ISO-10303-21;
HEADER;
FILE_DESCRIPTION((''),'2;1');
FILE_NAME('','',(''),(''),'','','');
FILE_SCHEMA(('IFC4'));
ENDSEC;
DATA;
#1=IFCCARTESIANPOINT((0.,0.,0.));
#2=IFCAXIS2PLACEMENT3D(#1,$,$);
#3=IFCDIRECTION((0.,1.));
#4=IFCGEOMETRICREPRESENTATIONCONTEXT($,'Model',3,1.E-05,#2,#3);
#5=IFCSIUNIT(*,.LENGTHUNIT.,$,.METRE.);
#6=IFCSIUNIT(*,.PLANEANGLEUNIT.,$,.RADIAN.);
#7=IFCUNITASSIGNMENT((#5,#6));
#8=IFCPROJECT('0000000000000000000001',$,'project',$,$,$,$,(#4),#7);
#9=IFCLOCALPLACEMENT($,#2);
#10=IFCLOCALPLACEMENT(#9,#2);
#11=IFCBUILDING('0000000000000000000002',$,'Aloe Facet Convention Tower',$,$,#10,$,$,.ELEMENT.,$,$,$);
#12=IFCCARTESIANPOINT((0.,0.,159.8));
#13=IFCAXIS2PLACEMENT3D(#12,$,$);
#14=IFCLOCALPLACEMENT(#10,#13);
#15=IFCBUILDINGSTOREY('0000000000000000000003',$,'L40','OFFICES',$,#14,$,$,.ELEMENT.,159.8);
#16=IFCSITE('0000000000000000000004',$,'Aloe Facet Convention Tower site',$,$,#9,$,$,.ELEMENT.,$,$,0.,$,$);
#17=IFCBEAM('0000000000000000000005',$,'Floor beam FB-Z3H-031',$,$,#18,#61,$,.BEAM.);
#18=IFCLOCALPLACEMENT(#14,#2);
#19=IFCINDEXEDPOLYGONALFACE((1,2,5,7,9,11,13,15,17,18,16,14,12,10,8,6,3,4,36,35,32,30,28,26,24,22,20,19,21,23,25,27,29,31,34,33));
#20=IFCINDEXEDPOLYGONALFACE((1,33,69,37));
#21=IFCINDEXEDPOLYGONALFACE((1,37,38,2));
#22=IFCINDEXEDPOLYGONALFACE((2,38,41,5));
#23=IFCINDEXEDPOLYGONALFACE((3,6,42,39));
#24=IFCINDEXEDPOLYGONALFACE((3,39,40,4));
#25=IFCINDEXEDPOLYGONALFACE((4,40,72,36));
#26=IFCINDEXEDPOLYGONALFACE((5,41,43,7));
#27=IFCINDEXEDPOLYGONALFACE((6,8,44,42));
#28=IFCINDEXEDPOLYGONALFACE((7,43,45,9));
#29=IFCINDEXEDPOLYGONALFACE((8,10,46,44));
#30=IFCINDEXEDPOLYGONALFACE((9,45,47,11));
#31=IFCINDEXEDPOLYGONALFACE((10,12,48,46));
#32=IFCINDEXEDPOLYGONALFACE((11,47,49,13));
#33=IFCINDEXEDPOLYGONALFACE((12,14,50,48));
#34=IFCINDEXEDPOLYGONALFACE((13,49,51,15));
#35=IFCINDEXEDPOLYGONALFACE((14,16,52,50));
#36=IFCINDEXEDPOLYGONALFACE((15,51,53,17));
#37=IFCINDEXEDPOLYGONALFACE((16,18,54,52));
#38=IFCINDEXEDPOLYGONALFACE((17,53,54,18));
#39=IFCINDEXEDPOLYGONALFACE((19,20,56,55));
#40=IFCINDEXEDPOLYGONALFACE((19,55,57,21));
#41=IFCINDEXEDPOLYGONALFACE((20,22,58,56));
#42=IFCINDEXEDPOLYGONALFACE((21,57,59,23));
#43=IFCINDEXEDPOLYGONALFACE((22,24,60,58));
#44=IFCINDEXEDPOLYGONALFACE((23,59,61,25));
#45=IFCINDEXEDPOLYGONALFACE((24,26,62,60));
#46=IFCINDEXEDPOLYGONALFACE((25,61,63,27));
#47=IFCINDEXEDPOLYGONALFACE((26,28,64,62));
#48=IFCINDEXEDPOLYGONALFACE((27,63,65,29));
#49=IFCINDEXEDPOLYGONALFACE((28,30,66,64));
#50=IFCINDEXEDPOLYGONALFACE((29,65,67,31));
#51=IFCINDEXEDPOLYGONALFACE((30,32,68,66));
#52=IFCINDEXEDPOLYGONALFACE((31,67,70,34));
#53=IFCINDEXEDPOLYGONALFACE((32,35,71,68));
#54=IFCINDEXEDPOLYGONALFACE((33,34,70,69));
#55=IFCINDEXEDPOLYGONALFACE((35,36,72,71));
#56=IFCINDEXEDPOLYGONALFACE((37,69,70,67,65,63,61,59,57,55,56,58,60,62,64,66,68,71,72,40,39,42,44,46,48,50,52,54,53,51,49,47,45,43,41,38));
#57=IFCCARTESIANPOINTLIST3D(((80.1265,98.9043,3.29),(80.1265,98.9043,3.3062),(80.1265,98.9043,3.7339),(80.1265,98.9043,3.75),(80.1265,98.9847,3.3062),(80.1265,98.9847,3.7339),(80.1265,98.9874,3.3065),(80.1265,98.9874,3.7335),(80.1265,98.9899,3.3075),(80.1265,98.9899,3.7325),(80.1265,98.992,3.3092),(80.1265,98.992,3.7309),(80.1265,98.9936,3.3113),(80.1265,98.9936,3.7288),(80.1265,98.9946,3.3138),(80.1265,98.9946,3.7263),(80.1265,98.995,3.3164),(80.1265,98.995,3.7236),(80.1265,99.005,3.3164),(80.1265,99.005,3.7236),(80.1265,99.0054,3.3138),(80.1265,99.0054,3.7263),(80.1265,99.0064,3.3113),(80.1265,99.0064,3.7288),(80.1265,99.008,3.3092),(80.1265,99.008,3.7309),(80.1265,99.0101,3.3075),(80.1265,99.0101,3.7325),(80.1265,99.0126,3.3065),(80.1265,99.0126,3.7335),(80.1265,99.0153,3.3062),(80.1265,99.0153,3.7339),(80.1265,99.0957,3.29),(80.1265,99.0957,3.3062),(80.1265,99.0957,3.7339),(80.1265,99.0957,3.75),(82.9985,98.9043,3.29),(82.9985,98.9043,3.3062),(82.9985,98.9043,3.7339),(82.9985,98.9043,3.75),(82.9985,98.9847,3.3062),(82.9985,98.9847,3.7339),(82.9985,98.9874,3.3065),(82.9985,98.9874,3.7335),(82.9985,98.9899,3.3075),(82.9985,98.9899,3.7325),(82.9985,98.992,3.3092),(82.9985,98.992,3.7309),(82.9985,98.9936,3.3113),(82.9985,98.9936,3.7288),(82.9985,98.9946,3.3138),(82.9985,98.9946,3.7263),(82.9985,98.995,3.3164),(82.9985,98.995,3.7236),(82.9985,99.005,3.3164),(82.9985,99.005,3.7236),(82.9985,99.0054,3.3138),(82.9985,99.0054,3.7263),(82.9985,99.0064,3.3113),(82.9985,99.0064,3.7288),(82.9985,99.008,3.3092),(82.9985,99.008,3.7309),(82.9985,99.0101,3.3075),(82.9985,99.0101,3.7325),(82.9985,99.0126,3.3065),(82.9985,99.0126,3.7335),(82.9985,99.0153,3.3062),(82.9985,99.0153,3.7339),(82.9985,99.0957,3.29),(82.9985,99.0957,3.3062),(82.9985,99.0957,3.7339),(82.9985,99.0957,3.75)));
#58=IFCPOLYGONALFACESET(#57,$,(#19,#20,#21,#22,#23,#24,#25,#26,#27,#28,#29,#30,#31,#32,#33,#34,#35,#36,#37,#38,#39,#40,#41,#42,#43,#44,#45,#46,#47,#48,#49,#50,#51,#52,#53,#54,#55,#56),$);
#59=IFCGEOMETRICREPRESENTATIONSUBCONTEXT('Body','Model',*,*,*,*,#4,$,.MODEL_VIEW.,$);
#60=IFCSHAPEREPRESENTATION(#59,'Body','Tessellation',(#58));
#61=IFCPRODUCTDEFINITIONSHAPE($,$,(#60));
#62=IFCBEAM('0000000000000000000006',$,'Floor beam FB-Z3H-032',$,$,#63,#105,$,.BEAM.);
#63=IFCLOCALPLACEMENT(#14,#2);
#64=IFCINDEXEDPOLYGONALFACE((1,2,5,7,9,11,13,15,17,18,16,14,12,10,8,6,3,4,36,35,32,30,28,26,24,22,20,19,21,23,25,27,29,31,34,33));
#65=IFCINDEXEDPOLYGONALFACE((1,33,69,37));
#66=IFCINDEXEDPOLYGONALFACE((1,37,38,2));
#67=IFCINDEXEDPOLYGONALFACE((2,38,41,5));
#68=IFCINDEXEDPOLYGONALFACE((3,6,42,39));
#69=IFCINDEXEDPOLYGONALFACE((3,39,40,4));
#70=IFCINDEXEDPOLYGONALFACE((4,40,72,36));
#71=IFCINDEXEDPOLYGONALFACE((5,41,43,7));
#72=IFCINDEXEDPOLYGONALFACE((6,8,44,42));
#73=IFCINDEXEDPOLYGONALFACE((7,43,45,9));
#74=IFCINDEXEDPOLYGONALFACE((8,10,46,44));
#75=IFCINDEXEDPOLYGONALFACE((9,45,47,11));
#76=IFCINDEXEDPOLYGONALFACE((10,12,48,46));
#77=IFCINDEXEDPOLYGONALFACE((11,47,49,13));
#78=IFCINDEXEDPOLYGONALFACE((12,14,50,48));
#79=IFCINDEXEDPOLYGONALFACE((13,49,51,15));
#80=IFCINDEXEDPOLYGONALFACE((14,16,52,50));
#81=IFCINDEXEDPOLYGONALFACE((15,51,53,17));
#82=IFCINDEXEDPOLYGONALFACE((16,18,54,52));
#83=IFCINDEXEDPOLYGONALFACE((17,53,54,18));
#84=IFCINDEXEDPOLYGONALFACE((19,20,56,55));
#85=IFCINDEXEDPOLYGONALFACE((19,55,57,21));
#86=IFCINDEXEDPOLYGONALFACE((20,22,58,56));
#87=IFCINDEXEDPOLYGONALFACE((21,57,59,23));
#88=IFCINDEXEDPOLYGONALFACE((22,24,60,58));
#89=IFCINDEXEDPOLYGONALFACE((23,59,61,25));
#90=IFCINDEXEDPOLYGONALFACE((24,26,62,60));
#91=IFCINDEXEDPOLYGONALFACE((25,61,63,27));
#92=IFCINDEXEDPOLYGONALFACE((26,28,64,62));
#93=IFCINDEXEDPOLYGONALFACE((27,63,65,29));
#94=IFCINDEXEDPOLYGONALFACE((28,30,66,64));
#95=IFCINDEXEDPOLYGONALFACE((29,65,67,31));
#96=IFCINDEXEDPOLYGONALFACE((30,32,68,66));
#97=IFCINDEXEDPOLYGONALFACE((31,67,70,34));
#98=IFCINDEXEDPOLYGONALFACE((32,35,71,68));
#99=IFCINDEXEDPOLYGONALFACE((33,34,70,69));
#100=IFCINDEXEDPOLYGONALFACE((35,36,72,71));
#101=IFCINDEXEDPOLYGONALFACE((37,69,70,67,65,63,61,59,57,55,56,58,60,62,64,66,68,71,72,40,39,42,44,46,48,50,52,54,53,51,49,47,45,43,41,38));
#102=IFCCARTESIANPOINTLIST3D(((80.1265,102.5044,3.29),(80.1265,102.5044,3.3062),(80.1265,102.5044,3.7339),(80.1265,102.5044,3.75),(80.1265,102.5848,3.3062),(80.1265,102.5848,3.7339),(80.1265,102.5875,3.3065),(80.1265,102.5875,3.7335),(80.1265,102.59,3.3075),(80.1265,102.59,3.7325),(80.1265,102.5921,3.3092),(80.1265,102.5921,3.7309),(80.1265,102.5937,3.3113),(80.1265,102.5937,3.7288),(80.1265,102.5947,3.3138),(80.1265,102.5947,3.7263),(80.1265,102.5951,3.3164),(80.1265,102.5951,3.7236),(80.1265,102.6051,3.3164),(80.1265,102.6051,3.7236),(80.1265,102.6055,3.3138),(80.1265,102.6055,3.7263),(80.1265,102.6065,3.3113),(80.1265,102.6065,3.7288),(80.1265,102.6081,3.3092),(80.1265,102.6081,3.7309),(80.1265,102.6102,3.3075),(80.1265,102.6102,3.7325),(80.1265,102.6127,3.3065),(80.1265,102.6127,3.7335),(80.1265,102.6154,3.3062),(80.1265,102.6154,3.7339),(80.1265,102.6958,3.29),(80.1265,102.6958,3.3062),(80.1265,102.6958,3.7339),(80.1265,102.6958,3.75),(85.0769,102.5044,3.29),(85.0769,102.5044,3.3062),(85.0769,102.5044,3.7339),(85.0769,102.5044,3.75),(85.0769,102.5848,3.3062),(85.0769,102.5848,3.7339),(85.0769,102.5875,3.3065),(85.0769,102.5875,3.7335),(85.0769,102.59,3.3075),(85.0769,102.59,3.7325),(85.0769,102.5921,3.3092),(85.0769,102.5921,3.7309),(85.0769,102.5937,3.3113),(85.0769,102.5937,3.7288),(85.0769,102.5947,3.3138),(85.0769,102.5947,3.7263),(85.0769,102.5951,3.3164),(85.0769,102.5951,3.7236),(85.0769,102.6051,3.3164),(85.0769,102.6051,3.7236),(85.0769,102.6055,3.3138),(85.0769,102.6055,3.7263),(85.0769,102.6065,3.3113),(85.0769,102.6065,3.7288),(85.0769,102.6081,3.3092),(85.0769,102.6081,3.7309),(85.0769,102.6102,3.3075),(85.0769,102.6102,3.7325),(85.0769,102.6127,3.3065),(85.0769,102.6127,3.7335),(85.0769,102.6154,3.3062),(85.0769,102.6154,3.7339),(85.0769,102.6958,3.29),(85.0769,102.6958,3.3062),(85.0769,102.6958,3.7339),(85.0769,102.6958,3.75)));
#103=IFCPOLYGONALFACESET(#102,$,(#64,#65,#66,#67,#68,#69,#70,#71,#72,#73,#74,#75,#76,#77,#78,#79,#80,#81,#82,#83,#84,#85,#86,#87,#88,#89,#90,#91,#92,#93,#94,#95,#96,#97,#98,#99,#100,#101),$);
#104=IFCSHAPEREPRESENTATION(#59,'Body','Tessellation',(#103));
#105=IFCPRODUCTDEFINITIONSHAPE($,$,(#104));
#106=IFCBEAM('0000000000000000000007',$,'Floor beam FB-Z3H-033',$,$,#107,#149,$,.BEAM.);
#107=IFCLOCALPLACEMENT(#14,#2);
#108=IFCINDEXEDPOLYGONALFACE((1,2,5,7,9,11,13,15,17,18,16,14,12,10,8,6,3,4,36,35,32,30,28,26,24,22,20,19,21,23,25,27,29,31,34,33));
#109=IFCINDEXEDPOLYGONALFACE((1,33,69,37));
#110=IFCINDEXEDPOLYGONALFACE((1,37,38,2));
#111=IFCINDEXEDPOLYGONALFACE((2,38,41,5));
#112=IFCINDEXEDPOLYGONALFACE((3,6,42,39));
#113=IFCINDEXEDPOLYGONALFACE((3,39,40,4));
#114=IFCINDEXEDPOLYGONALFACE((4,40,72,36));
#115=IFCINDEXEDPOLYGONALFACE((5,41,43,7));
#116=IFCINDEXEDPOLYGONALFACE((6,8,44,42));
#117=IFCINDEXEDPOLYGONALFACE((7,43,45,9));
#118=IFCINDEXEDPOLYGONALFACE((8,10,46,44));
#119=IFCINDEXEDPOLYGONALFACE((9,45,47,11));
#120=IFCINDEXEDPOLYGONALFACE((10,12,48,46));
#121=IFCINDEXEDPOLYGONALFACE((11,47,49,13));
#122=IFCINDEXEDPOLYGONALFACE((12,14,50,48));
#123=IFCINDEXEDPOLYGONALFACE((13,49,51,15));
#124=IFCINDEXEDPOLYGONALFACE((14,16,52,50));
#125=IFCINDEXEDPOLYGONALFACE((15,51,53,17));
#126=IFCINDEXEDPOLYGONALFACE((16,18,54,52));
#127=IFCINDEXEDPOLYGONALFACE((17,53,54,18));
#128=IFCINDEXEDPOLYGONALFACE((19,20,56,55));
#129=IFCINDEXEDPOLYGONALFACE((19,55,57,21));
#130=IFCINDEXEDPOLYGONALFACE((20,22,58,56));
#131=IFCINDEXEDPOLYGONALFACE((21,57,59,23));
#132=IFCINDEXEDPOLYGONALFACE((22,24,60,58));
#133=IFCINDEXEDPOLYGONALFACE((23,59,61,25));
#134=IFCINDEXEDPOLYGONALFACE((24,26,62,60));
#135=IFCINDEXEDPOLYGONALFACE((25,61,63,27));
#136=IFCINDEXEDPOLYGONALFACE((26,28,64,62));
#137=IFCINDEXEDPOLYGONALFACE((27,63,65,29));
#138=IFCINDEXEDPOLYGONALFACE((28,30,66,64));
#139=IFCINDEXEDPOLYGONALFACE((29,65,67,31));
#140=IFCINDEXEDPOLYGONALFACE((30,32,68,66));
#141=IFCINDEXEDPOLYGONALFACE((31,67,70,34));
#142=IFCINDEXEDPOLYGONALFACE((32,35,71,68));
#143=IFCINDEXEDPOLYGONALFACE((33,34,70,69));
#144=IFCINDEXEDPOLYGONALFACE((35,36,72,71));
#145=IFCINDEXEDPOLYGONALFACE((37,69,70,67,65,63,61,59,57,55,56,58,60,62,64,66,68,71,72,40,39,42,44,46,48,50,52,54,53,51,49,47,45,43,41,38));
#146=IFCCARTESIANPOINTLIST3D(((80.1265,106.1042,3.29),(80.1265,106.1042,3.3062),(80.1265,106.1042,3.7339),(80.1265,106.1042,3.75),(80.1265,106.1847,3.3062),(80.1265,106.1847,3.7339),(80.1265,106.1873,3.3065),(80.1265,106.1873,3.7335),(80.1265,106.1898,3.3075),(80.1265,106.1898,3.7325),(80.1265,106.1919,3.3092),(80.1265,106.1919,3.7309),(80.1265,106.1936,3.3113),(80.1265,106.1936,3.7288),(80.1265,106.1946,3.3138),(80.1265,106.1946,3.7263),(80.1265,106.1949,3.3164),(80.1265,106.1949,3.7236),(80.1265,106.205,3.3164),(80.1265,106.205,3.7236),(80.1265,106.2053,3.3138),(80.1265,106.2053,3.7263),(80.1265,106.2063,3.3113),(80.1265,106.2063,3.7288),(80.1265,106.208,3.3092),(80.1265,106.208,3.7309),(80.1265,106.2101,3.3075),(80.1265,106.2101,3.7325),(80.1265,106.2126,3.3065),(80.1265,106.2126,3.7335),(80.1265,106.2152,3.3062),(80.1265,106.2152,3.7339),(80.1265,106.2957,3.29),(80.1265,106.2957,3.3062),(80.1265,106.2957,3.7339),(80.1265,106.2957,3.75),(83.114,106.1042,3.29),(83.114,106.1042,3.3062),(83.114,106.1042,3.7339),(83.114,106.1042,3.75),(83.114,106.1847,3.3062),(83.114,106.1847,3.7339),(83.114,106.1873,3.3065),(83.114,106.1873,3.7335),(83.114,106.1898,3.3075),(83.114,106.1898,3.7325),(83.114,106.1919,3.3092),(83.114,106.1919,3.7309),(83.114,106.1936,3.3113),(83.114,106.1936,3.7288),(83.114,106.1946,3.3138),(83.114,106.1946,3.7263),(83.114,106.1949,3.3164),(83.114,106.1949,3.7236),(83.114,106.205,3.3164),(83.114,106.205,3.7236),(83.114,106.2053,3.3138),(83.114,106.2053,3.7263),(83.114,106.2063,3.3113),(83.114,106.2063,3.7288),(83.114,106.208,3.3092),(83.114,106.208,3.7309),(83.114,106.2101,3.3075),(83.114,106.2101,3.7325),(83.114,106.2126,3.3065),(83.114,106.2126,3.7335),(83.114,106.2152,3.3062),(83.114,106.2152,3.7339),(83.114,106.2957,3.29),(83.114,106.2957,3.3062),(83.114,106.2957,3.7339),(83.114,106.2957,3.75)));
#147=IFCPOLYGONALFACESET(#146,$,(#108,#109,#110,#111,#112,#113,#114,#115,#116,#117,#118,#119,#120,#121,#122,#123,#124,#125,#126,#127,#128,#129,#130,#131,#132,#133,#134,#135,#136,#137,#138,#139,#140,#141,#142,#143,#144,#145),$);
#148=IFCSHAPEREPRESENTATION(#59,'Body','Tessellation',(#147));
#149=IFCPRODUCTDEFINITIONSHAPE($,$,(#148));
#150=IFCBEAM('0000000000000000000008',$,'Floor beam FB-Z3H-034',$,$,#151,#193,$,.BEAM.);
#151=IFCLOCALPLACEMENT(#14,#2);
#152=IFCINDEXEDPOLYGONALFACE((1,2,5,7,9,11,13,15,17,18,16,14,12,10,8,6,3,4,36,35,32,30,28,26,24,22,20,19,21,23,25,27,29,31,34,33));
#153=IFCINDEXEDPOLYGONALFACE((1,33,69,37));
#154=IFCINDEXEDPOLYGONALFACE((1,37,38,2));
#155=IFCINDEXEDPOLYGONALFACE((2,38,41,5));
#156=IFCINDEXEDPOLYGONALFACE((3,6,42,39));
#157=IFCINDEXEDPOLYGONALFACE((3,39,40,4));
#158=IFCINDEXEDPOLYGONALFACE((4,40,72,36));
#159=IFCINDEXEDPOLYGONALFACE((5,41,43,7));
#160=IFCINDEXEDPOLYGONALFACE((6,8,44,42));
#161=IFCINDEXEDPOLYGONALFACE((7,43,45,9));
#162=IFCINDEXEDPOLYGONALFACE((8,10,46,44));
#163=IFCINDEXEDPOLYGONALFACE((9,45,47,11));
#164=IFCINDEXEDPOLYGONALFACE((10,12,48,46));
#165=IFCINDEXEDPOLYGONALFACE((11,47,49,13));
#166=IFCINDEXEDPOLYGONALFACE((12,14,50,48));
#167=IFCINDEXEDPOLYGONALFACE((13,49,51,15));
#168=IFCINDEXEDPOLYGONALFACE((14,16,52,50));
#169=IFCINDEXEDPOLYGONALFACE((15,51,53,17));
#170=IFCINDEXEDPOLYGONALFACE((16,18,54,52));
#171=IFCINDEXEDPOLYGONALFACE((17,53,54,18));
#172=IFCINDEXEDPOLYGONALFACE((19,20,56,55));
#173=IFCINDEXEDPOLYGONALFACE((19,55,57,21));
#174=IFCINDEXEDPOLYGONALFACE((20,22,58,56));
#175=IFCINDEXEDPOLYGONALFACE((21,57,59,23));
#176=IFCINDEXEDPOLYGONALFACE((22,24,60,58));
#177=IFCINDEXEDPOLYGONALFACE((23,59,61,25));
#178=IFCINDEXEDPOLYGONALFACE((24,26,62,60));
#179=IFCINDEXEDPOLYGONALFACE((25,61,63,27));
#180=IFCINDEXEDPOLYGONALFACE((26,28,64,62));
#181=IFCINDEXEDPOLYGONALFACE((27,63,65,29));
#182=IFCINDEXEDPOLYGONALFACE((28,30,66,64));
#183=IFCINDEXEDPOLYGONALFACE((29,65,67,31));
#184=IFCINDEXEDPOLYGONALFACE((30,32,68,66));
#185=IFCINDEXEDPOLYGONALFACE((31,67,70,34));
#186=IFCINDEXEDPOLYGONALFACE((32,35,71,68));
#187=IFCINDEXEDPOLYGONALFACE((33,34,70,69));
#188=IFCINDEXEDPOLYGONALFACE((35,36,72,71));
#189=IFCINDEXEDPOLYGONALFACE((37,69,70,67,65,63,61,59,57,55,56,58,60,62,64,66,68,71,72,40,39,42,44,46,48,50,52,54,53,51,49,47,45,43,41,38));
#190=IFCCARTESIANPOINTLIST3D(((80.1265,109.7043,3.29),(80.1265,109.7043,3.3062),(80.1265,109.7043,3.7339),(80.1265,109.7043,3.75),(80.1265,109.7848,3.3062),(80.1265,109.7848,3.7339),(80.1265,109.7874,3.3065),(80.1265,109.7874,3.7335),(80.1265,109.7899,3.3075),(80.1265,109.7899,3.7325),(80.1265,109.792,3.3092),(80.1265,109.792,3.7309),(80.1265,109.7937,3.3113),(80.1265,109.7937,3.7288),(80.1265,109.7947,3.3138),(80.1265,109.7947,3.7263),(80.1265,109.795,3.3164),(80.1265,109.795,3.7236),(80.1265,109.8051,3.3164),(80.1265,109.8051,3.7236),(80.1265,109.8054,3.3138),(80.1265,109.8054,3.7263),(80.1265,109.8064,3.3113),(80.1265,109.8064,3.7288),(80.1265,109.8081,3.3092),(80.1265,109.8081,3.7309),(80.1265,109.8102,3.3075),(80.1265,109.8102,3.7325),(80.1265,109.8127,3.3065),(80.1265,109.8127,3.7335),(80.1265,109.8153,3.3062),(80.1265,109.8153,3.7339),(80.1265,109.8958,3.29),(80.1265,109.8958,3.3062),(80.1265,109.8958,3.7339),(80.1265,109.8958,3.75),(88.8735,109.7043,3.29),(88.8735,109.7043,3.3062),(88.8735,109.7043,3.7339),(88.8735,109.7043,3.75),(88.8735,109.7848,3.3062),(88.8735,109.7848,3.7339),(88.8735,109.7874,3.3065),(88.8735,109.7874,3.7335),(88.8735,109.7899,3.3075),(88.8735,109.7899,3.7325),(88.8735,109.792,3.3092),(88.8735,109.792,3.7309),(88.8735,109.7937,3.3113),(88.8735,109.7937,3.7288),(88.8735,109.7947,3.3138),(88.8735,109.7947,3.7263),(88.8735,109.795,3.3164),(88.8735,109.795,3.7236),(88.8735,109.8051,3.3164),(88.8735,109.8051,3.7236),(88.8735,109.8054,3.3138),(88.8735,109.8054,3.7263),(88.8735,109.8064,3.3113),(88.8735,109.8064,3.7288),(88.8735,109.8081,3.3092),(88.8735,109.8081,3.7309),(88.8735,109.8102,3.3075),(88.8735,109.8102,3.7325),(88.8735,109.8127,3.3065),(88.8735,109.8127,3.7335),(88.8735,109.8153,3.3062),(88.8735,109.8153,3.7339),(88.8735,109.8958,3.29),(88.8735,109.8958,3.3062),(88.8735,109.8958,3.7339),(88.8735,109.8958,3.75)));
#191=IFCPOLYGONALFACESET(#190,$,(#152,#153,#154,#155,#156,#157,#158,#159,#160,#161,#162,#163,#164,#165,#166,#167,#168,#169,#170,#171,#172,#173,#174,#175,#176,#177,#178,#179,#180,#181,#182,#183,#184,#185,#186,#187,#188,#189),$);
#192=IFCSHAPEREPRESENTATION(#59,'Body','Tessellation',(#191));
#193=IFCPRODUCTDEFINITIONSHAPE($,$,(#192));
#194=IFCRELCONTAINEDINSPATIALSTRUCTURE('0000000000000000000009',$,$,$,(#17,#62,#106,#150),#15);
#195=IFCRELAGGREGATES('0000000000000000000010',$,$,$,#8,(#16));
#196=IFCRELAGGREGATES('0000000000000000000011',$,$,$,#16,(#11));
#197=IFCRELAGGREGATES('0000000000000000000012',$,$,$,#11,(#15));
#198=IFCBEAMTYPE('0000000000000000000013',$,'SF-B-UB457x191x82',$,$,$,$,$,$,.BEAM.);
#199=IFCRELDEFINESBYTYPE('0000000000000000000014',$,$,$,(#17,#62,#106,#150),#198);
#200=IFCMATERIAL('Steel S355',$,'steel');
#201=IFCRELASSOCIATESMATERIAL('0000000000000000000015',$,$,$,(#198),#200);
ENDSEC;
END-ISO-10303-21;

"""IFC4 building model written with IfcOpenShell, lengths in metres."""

from ifc_helpers import new_model, si_unit, direction, frame, origin, origin_2d, place, context, subcontext, project, spatial, i_section, extrude, material, material_profile, profile_set, type_object, element, save


model = new_model("IFC4")

# Units and contexts
model_context = context("Model", 3, precision=1e-05, world=origin(), true_north=direction((0.0, 1.0)))
body_context = subcontext(model_context, "Body", "Model", "MODEL_VIEW")
ifc_project = project(units=[si_unit("LENGTHUNIT", "METRE"), si_unit("PLANEANGLEUNIT", "RADIAN")], contexts=[model_context])

# Site, building, storey
site_placement = place(None, origin())
site = spatial("IfcSite", under=ifc_project, at=site_placement, Name="Aloe Facet Convention Tower site", CompositionType="ELEMENT", RefElevation=0.0)
building_placement = place(site_placement, origin())
building = spatial("IfcBuilding", under=site, at=building_placement, Name="Aloe Facet Convention Tower", CompositionType="ELEMENT")
storey_placement = place(building_placement, frame((0.0, 0.0, 159.8)))
storey = spatial("IfcBuildingStorey", under=building, at=storey_placement, Name="L40", Description="OFFICES", CompositionType="ELEMENT", Elevation=159.8)

# Beams
ifc_material_1 = material(Name="Steel S355", Category="steel")
ifc_material_profile_1 = material_profile(ifc_material_1, i_section(OverallWidth=0.1914, OverallDepth=0.46, WebThickness=0.01, FlangeThickness=0.0161, FilletRadius=0.0103, at=origin_2d()), Name="UB 457x191x82")
ifc_profile_set_1 = profile_set([ifc_material_profile_1], Name="Steel S355")
beam_type_1 = type_object("IfcBeamType", Name="SF-B-UB457x191x82", PredefinedType="BEAM", material=ifc_profile_set_1)
beam_1_placement = place(storey_placement, frame((80.1265, 99.0, 3.52), z_axis=(1.0, 0.0, 0.0), x_axis=(0.0, 1.0, 0.0)))
element("IfcBeam", 1, at=beam_1_placement, inside=storey, type_object=beam_type_1, Name="Floor beam FB-Z3H-031", PredefinedType="BEAM", context=body_context, shape_type="SweptSolid", body=[
    extrude(i_section(OverallWidth=0.1914, OverallDepth=0.46, WebThickness=0.01, FlangeThickness=0.0161, FilletRadius=0.0103, at=origin_2d()), origin(), (0.0, 0.0, 1.0), 2.8721),
])
beam_2_placement = place(storey_placement, frame((80.1265, 102.6001, 3.52), z_axis=(1.0, 0.0, 0.0), x_axis=(0.0, 1.0, 0.0)))
element("IfcBeam", 2, at=beam_2_placement, inside=storey, type_object=beam_type_1, Name="Floor beam FB-Z3H-032", PredefinedType="BEAM", context=body_context, shape_type="SweptSolid", body=[
    extrude(i_section(OverallWidth=0.1914, OverallDepth=0.46, WebThickness=0.01, FlangeThickness=0.0161, FilletRadius=0.0103, at=origin_2d()), origin(), (0.0, 0.0, 1.0), 4.9504),
])
beam_3_placement = place(storey_placement, frame((80.1265, 106.2, 3.52), z_axis=(1.0, 0.0, 0.0), x_axis=(0.0, 1.0, 0.0)))
element("IfcBeam", 3, at=beam_3_placement, inside=storey, type_object=beam_type_1, Name="Floor beam FB-Z3H-033", PredefinedType="BEAM", context=body_context, shape_type="SweptSolid", body=[
    extrude(i_section(OverallWidth=0.1914, OverallDepth=0.46, WebThickness=0.01, FlangeThickness=0.0161, FilletRadius=0.0103, at=origin_2d()), origin(), (0.0, 0.0, 1.0), 2.9875),
])
beam_4_placement = place(storey_placement, frame((80.1265, 109.8, 3.52), z_axis=(1.0, 0.0, 0.0), x_axis=(0.0, 1.0, 0.0)))
element("IfcBeam", 4, at=beam_4_placement, inside=storey, type_object=beam_type_1, Name="Floor beam FB-Z3H-034", PredefinedType="BEAM", context=body_context, shape_type="SweptSolid", body=[
    extrude(i_section(OverallWidth=0.1914, OverallDepth=0.46, WebThickness=0.01, FlangeThickness=0.0161, FilletRadius=0.0103, at=origin_2d()), origin(), (0.0, 0.0, 1.0), 8.7471),
])

save(model, "model.ifc")
